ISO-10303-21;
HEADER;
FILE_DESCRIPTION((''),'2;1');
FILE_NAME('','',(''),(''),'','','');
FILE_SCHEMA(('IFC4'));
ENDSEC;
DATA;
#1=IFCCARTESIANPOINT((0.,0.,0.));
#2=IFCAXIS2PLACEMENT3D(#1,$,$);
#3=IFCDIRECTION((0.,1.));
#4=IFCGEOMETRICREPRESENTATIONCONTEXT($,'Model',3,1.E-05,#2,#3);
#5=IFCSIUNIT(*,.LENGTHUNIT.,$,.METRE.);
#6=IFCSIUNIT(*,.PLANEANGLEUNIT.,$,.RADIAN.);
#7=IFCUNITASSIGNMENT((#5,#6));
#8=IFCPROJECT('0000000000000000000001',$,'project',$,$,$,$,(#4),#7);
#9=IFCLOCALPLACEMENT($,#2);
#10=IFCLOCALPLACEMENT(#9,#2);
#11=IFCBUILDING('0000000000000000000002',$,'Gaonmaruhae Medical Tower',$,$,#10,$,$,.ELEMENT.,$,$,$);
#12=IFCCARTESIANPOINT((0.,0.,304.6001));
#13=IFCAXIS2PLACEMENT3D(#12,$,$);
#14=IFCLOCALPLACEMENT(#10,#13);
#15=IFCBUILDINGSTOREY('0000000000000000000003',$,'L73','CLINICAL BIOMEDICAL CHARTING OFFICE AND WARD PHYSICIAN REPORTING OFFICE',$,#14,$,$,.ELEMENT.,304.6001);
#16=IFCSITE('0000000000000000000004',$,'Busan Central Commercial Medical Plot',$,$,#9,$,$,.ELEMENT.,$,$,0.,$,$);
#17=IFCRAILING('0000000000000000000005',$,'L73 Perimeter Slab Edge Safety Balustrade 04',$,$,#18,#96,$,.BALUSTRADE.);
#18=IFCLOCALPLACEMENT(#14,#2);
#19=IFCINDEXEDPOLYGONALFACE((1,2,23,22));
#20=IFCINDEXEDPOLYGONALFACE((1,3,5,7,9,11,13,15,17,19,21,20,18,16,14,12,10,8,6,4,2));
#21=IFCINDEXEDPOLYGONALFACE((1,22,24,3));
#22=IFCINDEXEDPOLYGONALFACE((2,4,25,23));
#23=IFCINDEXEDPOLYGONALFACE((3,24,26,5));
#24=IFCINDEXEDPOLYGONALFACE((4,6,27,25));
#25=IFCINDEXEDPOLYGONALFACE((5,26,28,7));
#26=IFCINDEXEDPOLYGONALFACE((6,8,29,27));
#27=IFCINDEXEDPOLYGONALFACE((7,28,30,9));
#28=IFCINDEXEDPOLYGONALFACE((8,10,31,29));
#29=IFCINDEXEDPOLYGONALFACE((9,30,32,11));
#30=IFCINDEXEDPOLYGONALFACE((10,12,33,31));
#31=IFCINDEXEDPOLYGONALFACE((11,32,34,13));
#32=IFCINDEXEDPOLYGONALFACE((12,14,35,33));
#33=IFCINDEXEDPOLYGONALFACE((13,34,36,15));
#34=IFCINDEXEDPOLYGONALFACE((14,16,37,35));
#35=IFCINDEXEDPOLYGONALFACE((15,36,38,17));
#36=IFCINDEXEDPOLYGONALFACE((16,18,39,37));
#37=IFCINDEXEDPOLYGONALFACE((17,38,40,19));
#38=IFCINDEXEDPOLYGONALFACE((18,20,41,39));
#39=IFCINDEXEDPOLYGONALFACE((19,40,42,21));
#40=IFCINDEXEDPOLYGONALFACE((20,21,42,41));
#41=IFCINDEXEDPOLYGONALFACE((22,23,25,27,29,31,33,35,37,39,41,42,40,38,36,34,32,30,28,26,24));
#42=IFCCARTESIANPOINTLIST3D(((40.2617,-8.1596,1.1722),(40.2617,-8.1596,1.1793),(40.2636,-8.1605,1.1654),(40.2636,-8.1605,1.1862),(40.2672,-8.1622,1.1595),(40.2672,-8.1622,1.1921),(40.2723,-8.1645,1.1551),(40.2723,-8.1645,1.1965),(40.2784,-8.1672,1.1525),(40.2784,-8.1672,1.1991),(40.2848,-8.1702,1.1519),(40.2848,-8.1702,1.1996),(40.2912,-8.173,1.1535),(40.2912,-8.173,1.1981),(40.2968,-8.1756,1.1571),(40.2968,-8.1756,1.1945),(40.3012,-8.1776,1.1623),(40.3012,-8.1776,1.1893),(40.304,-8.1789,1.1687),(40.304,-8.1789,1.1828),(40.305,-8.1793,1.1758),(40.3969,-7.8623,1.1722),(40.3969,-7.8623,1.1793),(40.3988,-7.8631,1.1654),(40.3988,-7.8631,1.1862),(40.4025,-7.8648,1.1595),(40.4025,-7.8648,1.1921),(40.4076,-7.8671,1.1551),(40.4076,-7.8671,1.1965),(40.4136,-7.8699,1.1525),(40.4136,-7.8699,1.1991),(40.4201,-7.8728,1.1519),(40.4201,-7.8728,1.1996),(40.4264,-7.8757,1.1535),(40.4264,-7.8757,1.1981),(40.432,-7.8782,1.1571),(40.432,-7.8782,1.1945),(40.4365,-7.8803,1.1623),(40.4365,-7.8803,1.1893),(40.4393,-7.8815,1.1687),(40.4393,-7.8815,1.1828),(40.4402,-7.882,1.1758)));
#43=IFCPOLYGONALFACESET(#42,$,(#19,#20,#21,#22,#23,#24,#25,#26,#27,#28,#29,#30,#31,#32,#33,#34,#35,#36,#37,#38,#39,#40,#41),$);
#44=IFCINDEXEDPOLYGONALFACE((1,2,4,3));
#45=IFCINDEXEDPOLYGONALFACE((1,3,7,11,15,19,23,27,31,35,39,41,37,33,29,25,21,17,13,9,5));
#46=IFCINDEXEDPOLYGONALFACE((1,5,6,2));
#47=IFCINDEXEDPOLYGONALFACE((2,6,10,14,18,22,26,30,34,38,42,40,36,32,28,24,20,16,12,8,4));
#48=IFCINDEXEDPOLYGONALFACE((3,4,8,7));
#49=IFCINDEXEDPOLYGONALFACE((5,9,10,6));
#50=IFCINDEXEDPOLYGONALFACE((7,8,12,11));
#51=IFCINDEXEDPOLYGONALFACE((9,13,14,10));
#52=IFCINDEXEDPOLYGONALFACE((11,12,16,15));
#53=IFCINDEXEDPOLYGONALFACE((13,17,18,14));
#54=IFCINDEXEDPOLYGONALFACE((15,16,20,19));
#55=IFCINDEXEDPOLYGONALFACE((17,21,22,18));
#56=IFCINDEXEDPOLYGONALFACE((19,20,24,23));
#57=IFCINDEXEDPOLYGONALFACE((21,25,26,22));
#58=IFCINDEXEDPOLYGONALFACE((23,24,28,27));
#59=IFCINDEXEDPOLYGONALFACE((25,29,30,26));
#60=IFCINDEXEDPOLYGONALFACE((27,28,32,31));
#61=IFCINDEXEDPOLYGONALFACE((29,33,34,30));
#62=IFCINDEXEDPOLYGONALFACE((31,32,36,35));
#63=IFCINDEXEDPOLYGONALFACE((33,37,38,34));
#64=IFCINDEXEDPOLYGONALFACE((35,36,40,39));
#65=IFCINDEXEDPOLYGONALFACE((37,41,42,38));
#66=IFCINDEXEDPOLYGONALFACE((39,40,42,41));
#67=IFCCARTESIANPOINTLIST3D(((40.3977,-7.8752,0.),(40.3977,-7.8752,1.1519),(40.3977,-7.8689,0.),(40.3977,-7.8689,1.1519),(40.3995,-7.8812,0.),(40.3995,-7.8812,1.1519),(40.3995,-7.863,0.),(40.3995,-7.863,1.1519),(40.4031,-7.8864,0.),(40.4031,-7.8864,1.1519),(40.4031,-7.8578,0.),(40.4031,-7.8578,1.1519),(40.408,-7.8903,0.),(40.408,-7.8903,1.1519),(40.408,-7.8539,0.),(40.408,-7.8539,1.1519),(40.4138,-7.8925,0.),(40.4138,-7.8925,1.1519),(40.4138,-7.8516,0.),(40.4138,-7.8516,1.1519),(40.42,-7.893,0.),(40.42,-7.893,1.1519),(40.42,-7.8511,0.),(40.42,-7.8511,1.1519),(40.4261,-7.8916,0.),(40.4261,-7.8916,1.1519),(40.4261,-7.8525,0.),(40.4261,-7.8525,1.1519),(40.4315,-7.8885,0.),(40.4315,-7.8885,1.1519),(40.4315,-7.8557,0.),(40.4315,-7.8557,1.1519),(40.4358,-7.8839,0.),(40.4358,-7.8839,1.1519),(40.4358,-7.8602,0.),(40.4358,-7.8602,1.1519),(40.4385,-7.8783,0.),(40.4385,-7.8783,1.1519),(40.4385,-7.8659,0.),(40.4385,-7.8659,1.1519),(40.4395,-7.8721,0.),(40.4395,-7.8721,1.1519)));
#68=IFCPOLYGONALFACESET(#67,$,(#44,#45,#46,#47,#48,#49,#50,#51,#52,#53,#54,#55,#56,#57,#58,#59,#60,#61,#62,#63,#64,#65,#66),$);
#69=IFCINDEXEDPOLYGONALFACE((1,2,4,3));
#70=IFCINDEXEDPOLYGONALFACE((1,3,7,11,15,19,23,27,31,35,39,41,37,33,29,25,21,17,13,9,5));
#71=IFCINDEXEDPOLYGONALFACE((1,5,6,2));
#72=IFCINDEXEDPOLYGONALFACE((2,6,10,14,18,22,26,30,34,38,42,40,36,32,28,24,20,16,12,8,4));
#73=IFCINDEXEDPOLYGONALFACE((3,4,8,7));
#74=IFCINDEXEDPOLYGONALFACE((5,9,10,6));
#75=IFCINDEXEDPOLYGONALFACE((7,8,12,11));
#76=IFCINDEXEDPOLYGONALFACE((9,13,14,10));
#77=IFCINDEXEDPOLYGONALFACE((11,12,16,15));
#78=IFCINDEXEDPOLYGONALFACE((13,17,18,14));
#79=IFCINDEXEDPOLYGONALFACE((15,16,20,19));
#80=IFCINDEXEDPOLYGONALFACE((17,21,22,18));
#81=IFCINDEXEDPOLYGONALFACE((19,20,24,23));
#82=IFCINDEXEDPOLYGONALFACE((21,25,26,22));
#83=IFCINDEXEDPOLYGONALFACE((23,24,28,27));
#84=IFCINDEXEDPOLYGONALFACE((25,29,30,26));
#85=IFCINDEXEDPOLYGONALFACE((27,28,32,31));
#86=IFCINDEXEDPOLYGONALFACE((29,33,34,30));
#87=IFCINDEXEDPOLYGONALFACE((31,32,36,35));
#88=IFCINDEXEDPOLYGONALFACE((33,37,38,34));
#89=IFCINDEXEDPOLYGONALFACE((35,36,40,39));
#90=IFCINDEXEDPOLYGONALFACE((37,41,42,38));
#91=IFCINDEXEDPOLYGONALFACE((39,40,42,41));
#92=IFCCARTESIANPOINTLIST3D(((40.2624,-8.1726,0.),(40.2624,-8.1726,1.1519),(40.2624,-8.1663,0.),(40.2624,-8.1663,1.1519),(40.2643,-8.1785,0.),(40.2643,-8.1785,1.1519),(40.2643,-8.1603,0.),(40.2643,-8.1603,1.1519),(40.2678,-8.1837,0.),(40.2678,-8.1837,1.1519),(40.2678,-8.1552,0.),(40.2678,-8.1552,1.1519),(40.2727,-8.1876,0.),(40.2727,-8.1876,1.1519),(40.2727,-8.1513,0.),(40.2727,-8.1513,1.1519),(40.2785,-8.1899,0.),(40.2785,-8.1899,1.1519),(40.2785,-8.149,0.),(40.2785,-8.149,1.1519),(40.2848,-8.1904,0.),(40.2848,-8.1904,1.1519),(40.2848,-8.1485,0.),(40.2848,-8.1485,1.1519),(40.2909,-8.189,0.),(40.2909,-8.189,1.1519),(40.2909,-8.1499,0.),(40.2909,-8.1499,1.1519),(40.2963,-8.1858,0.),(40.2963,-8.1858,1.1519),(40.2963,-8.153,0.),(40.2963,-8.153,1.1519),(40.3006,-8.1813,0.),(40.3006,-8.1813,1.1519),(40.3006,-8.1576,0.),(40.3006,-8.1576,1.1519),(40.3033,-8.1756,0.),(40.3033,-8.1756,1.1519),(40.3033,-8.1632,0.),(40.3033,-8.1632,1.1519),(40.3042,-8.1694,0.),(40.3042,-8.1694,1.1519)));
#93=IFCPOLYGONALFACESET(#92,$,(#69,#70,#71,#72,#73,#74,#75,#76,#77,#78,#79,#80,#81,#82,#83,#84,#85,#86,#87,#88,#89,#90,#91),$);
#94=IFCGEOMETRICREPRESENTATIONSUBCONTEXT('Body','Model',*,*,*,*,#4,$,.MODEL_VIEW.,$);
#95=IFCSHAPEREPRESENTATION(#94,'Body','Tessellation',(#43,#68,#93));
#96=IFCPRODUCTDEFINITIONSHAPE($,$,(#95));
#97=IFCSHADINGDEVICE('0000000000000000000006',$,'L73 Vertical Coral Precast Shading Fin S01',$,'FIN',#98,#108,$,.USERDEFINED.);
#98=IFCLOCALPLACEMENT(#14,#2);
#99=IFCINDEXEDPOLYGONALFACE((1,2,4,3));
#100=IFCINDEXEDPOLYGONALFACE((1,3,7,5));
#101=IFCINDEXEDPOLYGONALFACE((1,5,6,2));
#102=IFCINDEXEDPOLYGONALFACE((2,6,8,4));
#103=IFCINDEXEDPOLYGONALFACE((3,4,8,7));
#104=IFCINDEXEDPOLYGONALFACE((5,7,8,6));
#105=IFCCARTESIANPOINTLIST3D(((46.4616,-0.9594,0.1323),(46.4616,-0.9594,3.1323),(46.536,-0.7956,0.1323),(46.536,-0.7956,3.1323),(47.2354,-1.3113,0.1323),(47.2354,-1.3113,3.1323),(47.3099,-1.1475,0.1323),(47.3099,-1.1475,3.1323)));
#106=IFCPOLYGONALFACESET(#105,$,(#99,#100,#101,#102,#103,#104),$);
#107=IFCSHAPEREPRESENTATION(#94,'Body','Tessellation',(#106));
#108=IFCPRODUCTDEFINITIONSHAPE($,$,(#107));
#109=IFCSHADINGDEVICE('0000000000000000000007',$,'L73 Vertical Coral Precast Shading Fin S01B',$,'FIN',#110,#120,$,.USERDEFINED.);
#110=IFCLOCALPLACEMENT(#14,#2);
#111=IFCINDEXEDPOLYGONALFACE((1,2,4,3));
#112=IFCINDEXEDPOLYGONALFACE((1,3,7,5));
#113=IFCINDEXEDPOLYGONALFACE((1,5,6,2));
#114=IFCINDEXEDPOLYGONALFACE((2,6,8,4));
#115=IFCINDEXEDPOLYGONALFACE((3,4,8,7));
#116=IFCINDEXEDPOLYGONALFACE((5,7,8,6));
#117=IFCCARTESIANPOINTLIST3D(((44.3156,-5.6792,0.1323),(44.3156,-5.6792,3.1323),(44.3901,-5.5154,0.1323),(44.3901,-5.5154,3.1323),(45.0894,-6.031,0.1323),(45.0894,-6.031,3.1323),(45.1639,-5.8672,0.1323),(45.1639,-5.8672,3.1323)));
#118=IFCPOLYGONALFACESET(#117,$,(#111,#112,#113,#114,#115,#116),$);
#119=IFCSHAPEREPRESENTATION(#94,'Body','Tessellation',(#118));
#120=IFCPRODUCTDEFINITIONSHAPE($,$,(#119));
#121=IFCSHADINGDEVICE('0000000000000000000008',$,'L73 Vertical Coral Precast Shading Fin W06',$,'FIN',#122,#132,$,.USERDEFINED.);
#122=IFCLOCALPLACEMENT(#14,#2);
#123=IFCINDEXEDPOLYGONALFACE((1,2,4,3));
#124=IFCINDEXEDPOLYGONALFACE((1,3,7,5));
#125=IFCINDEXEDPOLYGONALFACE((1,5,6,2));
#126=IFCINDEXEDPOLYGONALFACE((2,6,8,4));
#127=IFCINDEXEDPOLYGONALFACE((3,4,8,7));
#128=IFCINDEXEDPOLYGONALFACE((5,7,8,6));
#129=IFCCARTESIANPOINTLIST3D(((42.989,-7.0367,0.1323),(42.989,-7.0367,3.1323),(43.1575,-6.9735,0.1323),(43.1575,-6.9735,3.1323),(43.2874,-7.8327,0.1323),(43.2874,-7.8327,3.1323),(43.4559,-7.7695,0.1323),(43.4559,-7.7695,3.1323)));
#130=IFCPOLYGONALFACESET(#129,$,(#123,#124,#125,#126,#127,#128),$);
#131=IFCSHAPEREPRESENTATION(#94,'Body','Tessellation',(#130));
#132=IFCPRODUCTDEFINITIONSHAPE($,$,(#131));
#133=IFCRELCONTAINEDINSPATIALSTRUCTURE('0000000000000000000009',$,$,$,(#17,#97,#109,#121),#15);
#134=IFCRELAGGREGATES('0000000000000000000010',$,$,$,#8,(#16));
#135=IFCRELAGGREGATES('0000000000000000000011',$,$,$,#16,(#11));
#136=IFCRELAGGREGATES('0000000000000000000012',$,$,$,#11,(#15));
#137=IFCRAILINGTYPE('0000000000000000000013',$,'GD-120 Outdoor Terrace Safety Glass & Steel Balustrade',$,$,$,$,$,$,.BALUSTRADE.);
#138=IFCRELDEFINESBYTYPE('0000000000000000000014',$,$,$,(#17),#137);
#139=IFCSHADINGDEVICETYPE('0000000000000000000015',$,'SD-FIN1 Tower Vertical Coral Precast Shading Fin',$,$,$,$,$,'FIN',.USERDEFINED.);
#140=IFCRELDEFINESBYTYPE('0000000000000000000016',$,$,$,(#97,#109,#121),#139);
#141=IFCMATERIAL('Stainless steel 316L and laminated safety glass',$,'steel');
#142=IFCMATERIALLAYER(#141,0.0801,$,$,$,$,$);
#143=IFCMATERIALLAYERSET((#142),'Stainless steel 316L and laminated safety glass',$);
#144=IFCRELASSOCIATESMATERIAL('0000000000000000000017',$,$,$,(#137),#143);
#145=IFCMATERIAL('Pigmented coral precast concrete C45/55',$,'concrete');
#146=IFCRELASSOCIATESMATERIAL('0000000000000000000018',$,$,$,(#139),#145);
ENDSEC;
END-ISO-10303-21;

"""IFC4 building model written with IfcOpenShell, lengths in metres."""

from ifc_helpers import new_model, si_unit, direction, frame, origin, origin_2d, place, context, subcontext, project, spatial, rectangle, circle, extrude, material, layer, layer_set, type_object, element, save


model = new_model("IFC4")

# Units and contexts
model_context = context("Model", 3, precision=1e-05, world=origin(), true_north=direction((0.0, 1.0)))
body_context = subcontext(model_context, "Body", "Model", "MODEL_VIEW")
ifc_project = project(units=[si_unit("LENGTHUNIT", "METRE"), si_unit("PLANEANGLEUNIT", "RADIAN")], contexts=[model_context])

# Site, building, storey
site_placement = place(None, origin())
site = spatial("IfcSite", under=ifc_project, at=site_placement, Name="Busan Central Commercial Medical Plot", CompositionType="ELEMENT", RefElevation=0.0)
building_placement = place(site_placement, origin())
building = spatial("IfcBuilding", under=site, at=building_placement, Name="Gaonmaruhae Medical Tower", CompositionType="ELEMENT")
storey_placement = place(building_placement, frame((0.0, 0.0, 304.6001)))
storey = spatial("IfcBuildingStorey", under=building, at=storey_placement, Name="L73", Description="CLINICAL BIOMEDICAL CHARTING OFFICE AND WARD PHYSICIAN REPORTING OFFICE", CompositionType="ELEMENT", Elevation=304.6001)

# Railing
ifc_material_1 = material(Name="Stainless steel 316L and laminated safety glass", Category="steel")
ifc_layer_1 = layer(ifc_material_1, 0.0801)
ifc_layer_set_1 = layer_set([ifc_layer_1], Name="Stainless steel 316L and laminated safety glass")
railing_type = type_object("IfcRailingType", Name="GD-120 Outdoor Terrace Safety Glass & Steel Balustrade", PredefinedType="BALUSTRADE", material=ifc_layer_set_1)
railing_placement = place(storey_placement, frame((40.4185, -7.8721, 0.0)))
element("IfcRailing", 1, at=railing_placement, inside=storey, type_object=railing_type, Name="L73 Perimeter Slab Edge Safety Balustrade 04", PredefinedType="BALUSTRADE", context=body_context, shape_type="SweptSolid", body=[
    extrude(circle(Radius=0.0239, at=origin_2d()), frame((0.0, 0.0, 1.1758), z_axis=(-0.414028, -0.910264, 0.0), x_axis=(0.910264, -0.414028, 0.0)), (0.0, 0.0, 1.0), 0.3267),
    extrude(circle(Radius=0.021, at=origin_2d()), origin(), (0.0, 0.0, 1.0), 1.1519),
    extrude(circle(Radius=0.021, at=origin_2d()), frame((-0.1353, -0.2974, 0.0)), (0.0, 0.0, 1.0), 1.1519),
])

# Shading devices
ifc_material_2 = material(Name="Pigmented coral precast concrete C45/55", Category="concrete")
shading_device_type = type_object("IfcShadingDeviceType", Name="SD-FIN1 Tower Vertical Coral Precast Shading Fin", ElementType="FIN", PredefinedType="USERDEFINED", material=ifc_material_2)
for number, where, z_axis, x_axis, name in (
    (2, (46.8857, -1.0535, 0.1323), (0.0, 0.0, 1.0), (-0.413899, -0.910323, 0.0), "L73 Vertical Coral Precast Shading Fin S01"),
    (3, (44.7397, -5.7732, 0.1323), (0.0, 0.0, 1.0), (-0.413899, -0.910323, 0.0), "L73 Vertical Coral Precast Shading Fin S01B"),
    (4, (43.2224, -7.4031, 0.1323), (0.0, 0.0, 1.0), (-0.936366, -0.351025, 0.0), "L73 Vertical Coral Precast Shading Fin W06"),
):
    element("IfcShadingDevice", number, at=place(storey_placement, frame(where, z_axis=z_axis, x_axis=x_axis)), inside=storey, type_object=shading_device_type, Name=name, ObjectType="FIN", PredefinedType="USERDEFINED", context=body_context, shape_type="SweptSolid", body=[
        extrude(rectangle(XDim=0.1799, YDim=0.8501, at=origin_2d()), origin(), (0.0, 0.0, 1.0), 3.0),
    ])

save(model, "model.ifc")
